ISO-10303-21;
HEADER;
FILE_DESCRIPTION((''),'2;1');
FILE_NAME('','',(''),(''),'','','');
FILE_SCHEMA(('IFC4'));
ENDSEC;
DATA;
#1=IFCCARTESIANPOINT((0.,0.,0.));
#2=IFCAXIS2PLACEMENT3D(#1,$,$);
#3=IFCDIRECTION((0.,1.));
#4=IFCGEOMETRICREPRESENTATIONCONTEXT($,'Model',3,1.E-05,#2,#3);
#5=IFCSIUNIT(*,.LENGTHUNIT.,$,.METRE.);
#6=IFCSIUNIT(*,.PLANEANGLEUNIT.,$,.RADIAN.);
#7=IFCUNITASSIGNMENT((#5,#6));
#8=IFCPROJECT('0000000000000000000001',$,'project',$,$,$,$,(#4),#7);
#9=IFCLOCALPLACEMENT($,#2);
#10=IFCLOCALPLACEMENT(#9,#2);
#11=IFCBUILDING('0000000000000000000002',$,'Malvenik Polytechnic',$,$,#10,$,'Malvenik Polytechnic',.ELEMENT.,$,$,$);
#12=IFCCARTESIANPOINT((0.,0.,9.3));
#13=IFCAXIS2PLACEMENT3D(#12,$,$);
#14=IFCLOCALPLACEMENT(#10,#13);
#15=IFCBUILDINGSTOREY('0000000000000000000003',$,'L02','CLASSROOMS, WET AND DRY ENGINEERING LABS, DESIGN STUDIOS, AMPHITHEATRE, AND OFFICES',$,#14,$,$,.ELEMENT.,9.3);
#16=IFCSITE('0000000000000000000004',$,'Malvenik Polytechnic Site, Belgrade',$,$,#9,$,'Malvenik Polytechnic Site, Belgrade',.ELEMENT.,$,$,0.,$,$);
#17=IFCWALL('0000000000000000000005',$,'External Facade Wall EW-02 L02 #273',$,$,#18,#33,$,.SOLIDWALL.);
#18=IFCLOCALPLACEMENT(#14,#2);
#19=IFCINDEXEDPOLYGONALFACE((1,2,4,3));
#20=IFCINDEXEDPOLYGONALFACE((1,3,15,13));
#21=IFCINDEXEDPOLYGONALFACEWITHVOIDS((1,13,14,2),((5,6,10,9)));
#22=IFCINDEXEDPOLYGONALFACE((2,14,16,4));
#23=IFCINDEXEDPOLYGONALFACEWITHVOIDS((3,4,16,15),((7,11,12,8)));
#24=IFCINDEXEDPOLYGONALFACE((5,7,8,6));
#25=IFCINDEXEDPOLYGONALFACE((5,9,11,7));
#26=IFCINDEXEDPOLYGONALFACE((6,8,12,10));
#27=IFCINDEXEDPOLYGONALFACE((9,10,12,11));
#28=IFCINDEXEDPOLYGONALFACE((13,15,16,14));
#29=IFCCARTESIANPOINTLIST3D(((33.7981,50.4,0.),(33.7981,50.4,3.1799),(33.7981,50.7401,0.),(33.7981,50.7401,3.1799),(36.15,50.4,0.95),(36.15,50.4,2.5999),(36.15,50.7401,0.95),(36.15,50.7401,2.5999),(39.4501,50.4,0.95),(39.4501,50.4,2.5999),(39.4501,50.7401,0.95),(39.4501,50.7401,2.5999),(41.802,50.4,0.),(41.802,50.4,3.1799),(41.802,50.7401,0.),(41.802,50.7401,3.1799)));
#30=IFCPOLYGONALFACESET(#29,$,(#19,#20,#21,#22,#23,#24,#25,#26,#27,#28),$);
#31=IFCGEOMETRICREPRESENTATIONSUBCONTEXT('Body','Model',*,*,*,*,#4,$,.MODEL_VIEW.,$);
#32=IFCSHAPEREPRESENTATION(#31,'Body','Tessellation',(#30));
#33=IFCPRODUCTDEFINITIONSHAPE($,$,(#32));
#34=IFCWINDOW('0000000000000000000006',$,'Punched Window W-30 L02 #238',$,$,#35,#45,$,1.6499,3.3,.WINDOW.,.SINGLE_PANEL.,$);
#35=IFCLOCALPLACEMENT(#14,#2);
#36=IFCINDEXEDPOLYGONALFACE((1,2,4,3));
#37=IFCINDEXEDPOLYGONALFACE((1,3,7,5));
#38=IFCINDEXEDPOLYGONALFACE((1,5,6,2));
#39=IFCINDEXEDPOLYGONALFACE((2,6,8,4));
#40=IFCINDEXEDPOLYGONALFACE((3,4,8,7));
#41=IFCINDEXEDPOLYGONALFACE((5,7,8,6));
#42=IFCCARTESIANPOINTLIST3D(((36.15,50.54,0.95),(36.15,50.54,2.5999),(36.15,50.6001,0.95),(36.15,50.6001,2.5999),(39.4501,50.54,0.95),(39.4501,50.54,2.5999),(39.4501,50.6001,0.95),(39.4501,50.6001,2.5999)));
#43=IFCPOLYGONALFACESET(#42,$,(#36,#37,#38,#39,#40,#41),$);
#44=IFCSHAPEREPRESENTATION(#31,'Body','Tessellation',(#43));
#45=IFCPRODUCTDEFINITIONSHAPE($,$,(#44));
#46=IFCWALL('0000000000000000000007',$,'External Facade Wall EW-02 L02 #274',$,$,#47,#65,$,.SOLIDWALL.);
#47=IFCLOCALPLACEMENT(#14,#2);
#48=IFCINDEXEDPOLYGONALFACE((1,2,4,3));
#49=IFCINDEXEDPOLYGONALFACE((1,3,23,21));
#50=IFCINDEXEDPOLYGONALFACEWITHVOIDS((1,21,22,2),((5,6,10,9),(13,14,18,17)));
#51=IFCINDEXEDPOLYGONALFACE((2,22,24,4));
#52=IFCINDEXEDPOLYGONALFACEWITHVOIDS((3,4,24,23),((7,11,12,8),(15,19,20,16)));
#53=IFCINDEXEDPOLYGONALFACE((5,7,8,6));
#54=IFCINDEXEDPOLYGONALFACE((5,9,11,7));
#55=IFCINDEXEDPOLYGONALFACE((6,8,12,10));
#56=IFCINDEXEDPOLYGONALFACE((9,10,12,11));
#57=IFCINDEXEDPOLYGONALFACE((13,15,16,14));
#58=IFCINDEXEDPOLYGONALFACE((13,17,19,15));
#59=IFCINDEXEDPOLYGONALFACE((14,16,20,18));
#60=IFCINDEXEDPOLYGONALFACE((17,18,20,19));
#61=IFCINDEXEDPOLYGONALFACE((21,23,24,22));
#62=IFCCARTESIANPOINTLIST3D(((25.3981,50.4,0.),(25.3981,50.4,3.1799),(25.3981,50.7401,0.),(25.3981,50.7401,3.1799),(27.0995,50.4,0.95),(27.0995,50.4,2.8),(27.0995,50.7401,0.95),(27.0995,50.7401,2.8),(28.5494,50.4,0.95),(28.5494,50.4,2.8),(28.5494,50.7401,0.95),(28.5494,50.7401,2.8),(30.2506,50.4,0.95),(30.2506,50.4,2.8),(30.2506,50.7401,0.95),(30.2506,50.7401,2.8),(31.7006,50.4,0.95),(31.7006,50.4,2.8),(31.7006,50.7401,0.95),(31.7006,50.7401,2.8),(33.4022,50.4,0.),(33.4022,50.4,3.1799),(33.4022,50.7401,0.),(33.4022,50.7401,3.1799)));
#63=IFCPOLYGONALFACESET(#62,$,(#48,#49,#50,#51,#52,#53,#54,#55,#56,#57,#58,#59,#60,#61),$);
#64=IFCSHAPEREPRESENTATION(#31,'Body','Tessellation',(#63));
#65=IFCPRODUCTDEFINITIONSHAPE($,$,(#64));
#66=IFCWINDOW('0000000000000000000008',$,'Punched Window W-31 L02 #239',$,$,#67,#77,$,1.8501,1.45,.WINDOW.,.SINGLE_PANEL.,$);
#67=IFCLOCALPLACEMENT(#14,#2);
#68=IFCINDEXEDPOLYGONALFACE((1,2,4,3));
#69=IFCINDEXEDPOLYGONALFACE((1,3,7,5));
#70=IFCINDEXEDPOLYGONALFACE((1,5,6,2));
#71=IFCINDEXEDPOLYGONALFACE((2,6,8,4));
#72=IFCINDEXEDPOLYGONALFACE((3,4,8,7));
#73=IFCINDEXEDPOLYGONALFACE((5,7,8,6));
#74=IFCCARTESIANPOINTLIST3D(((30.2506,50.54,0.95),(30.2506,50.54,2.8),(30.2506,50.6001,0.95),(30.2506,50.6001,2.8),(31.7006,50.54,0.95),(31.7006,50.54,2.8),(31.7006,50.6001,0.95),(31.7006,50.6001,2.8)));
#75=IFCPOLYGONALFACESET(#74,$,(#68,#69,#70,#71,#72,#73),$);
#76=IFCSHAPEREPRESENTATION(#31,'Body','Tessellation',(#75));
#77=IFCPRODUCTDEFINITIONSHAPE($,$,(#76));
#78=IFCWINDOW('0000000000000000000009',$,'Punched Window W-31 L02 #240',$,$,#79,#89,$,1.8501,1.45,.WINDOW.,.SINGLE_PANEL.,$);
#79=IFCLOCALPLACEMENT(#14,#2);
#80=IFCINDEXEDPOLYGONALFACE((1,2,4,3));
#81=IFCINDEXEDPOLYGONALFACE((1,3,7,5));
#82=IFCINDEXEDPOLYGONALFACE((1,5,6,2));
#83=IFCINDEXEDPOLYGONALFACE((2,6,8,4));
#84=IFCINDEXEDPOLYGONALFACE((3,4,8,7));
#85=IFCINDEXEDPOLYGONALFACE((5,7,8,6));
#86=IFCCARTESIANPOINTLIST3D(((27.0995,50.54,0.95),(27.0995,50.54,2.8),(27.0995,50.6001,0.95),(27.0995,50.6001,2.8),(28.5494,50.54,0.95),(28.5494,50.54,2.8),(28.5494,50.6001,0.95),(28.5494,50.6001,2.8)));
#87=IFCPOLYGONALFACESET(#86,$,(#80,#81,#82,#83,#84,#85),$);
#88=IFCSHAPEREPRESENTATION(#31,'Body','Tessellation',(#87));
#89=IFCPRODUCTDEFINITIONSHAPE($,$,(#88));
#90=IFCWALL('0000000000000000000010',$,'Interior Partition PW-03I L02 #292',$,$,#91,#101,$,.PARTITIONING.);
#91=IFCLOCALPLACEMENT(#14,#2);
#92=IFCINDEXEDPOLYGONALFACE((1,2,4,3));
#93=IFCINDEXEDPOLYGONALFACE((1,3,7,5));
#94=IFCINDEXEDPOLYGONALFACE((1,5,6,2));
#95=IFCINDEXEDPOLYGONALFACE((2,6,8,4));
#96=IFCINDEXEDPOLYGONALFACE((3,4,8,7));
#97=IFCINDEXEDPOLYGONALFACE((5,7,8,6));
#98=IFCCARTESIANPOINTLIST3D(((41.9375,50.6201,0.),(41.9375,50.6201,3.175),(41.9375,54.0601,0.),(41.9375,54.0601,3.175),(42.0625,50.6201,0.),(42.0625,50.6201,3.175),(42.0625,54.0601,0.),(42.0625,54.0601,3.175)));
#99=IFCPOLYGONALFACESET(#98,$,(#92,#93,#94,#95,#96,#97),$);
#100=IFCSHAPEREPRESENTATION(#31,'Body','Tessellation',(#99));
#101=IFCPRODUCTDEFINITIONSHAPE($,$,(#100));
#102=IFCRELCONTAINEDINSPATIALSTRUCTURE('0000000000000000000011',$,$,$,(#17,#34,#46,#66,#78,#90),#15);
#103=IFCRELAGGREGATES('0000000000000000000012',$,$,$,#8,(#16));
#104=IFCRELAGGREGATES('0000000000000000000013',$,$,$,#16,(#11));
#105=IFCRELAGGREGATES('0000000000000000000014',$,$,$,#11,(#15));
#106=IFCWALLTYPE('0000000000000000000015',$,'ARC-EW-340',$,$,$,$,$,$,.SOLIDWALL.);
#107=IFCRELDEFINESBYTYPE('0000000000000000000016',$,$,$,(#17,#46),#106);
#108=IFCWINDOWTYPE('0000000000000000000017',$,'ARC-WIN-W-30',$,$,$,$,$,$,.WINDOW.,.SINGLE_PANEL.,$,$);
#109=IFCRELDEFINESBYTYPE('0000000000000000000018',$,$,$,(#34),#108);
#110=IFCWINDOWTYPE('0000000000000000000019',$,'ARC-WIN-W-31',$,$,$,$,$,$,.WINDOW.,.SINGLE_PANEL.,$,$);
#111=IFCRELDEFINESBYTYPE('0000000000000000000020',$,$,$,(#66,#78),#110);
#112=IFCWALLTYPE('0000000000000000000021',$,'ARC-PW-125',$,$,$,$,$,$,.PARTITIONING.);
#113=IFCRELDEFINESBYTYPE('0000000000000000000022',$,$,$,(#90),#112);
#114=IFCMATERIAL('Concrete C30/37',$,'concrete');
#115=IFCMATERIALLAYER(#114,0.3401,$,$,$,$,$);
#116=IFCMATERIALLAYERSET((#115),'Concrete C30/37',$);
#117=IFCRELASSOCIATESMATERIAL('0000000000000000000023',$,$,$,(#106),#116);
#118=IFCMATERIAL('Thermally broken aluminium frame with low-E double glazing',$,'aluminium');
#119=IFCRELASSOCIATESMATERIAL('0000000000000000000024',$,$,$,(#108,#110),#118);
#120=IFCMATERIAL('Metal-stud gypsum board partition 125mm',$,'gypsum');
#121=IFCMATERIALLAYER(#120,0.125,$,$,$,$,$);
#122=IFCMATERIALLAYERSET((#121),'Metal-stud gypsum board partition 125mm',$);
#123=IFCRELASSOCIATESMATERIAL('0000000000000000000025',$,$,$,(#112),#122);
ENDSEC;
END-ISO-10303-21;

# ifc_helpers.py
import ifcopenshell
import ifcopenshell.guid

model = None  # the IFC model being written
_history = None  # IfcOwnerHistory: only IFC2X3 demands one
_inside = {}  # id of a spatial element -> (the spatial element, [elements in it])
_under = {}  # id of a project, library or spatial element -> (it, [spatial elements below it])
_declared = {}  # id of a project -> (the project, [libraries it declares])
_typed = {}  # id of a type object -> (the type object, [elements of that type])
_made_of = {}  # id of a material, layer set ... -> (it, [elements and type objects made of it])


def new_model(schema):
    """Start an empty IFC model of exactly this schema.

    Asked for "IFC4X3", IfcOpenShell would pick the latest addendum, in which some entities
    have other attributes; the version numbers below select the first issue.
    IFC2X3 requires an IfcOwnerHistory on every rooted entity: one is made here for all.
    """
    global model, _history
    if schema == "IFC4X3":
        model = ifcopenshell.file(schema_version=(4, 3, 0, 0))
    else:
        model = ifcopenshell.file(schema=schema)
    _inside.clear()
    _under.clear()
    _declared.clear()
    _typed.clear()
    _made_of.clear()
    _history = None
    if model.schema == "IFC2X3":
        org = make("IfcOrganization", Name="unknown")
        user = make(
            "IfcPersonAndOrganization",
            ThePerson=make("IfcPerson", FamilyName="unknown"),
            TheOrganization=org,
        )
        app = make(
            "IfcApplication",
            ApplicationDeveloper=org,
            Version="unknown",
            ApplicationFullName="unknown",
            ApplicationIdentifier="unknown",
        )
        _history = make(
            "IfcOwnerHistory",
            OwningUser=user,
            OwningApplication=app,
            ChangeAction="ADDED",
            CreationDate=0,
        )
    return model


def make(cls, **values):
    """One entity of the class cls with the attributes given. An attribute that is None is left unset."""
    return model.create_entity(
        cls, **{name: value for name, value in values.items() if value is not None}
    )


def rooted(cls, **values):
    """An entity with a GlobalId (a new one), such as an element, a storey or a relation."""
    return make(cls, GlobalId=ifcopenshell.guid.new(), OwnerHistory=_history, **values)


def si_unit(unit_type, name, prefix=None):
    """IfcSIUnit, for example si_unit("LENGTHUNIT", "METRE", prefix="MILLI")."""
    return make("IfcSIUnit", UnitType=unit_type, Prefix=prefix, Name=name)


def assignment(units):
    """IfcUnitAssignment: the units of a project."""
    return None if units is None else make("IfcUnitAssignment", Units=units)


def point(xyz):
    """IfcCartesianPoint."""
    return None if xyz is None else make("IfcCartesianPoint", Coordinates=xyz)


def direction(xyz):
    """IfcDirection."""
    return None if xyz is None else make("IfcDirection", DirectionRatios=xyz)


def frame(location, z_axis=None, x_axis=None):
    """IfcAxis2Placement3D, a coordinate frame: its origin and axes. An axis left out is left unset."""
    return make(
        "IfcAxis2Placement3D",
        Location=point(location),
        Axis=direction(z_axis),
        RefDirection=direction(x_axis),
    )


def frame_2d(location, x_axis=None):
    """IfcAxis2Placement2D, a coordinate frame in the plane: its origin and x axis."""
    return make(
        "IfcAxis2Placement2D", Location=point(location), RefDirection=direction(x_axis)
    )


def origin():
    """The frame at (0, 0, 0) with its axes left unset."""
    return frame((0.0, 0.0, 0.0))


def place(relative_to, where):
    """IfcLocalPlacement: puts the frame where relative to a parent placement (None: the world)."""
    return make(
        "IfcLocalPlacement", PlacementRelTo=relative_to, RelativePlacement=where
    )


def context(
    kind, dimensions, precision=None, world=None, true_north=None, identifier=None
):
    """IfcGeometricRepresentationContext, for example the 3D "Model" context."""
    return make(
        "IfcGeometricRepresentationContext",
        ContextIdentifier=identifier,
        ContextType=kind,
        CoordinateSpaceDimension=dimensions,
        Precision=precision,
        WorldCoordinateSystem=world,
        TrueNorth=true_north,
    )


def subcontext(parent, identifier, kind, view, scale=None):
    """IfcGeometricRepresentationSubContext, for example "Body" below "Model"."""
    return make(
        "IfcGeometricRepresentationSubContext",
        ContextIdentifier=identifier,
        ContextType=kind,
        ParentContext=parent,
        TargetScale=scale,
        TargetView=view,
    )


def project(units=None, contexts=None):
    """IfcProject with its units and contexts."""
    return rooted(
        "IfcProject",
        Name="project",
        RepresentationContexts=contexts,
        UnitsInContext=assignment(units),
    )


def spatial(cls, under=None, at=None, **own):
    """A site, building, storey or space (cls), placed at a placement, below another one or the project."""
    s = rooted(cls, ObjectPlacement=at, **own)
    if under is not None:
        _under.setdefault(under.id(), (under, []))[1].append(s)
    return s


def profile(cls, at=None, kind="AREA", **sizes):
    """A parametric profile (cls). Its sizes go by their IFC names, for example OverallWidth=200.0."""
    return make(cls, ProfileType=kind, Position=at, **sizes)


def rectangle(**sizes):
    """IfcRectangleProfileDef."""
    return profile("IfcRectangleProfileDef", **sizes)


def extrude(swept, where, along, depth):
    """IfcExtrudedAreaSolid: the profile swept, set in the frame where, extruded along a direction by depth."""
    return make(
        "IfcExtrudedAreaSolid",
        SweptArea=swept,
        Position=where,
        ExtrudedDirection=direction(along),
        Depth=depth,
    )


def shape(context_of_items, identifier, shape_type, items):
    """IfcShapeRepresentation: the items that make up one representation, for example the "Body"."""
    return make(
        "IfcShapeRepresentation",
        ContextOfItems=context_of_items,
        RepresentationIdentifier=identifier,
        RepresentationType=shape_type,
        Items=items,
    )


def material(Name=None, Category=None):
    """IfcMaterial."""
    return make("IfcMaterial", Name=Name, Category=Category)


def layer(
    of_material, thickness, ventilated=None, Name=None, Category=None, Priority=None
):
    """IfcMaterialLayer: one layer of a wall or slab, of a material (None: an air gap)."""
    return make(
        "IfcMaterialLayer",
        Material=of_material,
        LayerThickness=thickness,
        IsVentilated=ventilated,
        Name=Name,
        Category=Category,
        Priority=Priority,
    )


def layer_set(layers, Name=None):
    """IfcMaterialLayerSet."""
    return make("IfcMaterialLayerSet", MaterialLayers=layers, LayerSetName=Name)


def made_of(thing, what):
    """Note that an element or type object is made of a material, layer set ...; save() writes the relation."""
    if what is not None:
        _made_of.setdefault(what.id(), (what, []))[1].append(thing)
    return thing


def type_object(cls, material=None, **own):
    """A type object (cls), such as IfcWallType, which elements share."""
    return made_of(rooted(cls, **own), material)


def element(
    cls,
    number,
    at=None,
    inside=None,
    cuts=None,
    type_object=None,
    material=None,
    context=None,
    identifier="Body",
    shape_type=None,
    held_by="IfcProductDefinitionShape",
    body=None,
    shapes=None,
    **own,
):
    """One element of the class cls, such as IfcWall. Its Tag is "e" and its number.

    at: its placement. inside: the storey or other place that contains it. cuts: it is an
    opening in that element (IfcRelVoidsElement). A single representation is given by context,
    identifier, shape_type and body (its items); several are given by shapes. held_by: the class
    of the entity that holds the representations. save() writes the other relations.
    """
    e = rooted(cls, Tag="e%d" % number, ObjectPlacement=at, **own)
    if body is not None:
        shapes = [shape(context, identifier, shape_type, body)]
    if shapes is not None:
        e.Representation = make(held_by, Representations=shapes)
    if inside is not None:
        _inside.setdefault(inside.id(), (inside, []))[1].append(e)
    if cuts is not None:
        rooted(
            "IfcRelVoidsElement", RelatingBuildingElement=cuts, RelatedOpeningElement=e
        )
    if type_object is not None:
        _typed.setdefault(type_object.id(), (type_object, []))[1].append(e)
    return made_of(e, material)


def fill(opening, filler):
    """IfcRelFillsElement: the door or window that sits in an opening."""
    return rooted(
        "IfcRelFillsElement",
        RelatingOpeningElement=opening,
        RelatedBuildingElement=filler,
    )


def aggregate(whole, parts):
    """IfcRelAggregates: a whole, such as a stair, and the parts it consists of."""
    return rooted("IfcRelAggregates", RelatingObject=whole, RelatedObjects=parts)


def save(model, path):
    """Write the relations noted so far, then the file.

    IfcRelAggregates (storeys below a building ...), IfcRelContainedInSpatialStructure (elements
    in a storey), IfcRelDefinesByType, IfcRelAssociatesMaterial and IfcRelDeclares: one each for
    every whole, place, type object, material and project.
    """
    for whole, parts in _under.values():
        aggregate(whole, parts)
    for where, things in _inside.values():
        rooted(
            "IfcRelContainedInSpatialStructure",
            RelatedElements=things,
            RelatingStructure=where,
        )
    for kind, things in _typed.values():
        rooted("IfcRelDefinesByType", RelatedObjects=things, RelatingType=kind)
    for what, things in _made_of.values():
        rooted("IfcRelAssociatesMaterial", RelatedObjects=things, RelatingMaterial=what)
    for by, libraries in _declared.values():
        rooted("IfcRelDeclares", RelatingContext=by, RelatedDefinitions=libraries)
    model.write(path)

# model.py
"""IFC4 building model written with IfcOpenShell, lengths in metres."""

from ifc_helpers import new_model, si_unit, direction, frame, frame_2d, origin, place, context, subcontext, project, spatial, rectangle, extrude, material, layer, layer_set, type_object, element, fill, save


model = new_model("IFC4")

# Units and contexts
model_context = context("Model", 3, precision=1e-05, world=origin(), true_north=direction((0.0, 1.0)))
body_context = subcontext(model_context, "Body", "Model", "MODEL_VIEW")
ifc_project = project(units=[si_unit("LENGTHUNIT", "METRE"), si_unit("PLANEANGLEUNIT", "RADIAN")], contexts=[model_context])

# Site, building, storey
site_placement = place(None, origin())
site = spatial("IfcSite", under=ifc_project, at=site_placement, Name="Malvenik Polytechnic Site, Belgrade", LongName="Malvenik Polytechnic Site, Belgrade", CompositionType="ELEMENT", RefElevation=0.0)
building_placement = place(site_placement, origin())
building = spatial("IfcBuilding", under=site, at=building_placement, Name="Malvenik Polytechnic", LongName="Malvenik Polytechnic", CompositionType="ELEMENT")
storey_placement = place(building_placement, frame((0.0, 0.0, 9.3)))
storey = spatial("IfcBuildingStorey", under=building, at=storey_placement, Name="L02", Description="CLASSROOMS, WET AND DRY ENGINEERING LABS, DESIGN STUDIOS, AMPHITHEATRE, AND OFFICES", CompositionType="ELEMENT", Elevation=9.3)

# Shared definitions
ifc_material_1 = material(Name="Concrete C30/37", Category="concrete")

# Wall, opening, window
ifc_layer_1 = layer(ifc_material_1, 0.3401)
ifc_layer_set_1 = layer_set([ifc_layer_1], Name="Concrete C30/37")
wall_type_1 = type_object("IfcWallType", Name="ARC-EW-340", PredefinedType="SOLIDWALL", material=ifc_layer_set_1)
wall_1_placement = place(storey_placement, frame((41.802, 50.5701, 0.0), z_axis=(0.0, 0.0, 1.0), x_axis=(-1.0, 0.0, 0.0)))
wall_1 = element("IfcWall", 1, at=wall_1_placement, inside=storey, type_object=wall_type_1, Name="External Facade Wall EW-02 L02 #273", PredefinedType="SOLIDWALL", context=body_context, shape_type="SweptSolid", body=[
    extrude(rectangle(XDim=8.0039, YDim=0.3401, at=frame_2d((4.002, 0.0))), origin(), (0.0, 0.0, 1.0), 3.1799),
])
opening_1_placement = place(wall_1_placement, frame((2.3521, 0.0, 0.95)))
opening_1 = element("IfcOpeningElement", 2, at=opening_1_placement, cuts=wall_1, PredefinedType="OPENING", context=body_context, shape_type="SweptSolid", body=[
    extrude(rectangle(XDim=3.3, YDim=1.6499, at=frame_2d((1.6499, 0.825))), frame((0.0, 0.1802, 0.0), z_axis=(0.0, -1.0, 0.0), x_axis=(1.0, 0.0, 0.0)), (0.0, 0.0, 1.0), 0.3601),
])
ifc_material_2 = material(Name="Thermally broken aluminium frame with low-E double glazing", Category="aluminium")
window_type_1 = type_object("IfcWindowType", Name="ARC-WIN-W-30", PartitioningType="SINGLE_PANEL", PredefinedType="WINDOW", material=ifc_material_2)
window_1_placement = place(opening_1_placement, origin())
window_1 = element("IfcWindow", 3, at=window_1_placement, inside=storey, type_object=window_type_1, Name="Punched Window W-30 L02 #238", OverallHeight=1.6499, OverallWidth=3.3, PartitioningType="SINGLE_PANEL", PredefinedType="WINDOW", context=body_context, shape_type="SweptSolid", body=[
    extrude(rectangle(XDim=3.3, YDim=1.6499, at=frame_2d((1.6499, 0.825))), frame((0.0, 0.03, 0.0), z_axis=(0.0, -1.0, 0.0), x_axis=(1.0, 0.0, 0.0)), (0.0, 0.0, 1.0), 0.0601),
])
fill(opening_1, window_1)

# Wall, openings, windows
wall_2_placement = place(storey_placement, frame((33.4021, 50.5701, 0.0), z_axis=(0.0, 0.0, 1.0), x_axis=(-1.0, 0.0, 0.0)))
wall_2 = element("IfcWall", 4, at=wall_2_placement, inside=storey, type_object=wall_type_1, Name="External Facade Wall EW-02 L02 #274", PredefinedType="SOLIDWALL", context=body_context, shape_type="SweptSolid", body=[
    extrude(rectangle(XDim=8.0042, YDim=0.3401, at=frame_2d((4.002, 0.0))), origin(), (0.0, 0.0, 1.0), 3.1799),
])
opening_2_placement = place(wall_2_placement, frame((1.7014, 0.0, 0.95)))
opening_2 = element("IfcOpeningElement", 5, at=opening_2_placement, cuts=wall_2, PredefinedType="OPENING", context=body_context, shape_type="SweptSolid", body=[
    extrude(rectangle(XDim=1.45, YDim=1.8501, at=frame_2d((0.7251, 0.925))), frame((0.0, 0.1802, 0.0), z_axis=(0.0, -1.0, 0.0), x_axis=(1.0, 0.0, 0.0)), (0.0, 0.0, 1.0), 0.3601),
])
opening_3_placement = place(wall_2_placement, frame((4.8525, 0.0, 0.95)))
opening_3 = element("IfcOpeningElement", 6, at=opening_3_placement, cuts=wall_2, PredefinedType="OPENING", context=body_context, shape_type="SweptSolid", body=[
    extrude(rectangle(XDim=1.45, YDim=1.8501, at=frame_2d((0.7251, 0.925))), frame((0.0, 0.1802, 0.0), z_axis=(0.0, -1.0, 0.0), x_axis=(1.0, 0.0, 0.0)), (0.0, 0.0, 1.0), 0.3601),
])
window_type_2 = type_object("IfcWindowType", Name="ARC-WIN-W-31", PartitioningType="SINGLE_PANEL", PredefinedType="WINDOW", material=ifc_material_2)
window_2_placement = place(opening_2_placement, origin())
window_2 = element("IfcWindow", 7, at=window_2_placement, inside=storey, type_object=window_type_2, Name="Punched Window W-31 L02 #239", OverallHeight=1.8501, OverallWidth=1.45, PartitioningType="SINGLE_PANEL", PredefinedType="WINDOW", context=body_context, shape_type="SweptSolid", body=[
    extrude(rectangle(XDim=1.45, YDim=1.8501, at=frame_2d((0.7251, 0.925))), frame((0.0, 0.03, 0.0), z_axis=(0.0, -1.0, 0.0), x_axis=(1.0, 0.0, 0.0)), (0.0, 0.0, 1.0), 0.0601),
])
fill(opening_2, window_2)
window_3_placement = place(opening_3_placement, origin())
window_3 = element("IfcWindow", 8, at=window_3_placement, inside=storey, type_object=window_type_2, Name="Punched Window W-31 L02 #240", OverallHeight=1.8501, OverallWidth=1.45, PartitioningType="SINGLE_PANEL", PredefinedType="WINDOW", context=body_context, shape_type="SweptSolid", body=[
    extrude(rectangle(XDim=1.45, YDim=1.8501, at=frame_2d((0.7251, 0.925))), frame((0.0, 0.03, 0.0), z_axis=(0.0, -1.0, 0.0), x_axis=(1.0, 0.0, 0.0)), (0.0, 0.0, 1.0), 0.0601),
])
fill(opening_3, window_3)

# Wall
ifc_material_3 = material(Name="Metal-stud gypsum board partition 125mm", Category="gypsum")
ifc_layer_2 = layer(ifc_material_3, 0.125)
ifc_layer_set_2 = layer_set([ifc_layer_2], Name="Metal-stud gypsum board partition 125mm")
wall_type_2 = type_object("IfcWallType", Name="ARC-PW-125", PredefinedType="PARTITIONING", material=ifc_layer_set_2)
wall_3_placement = place(storey_placement, frame((42.0, 50.6201, 0.0), z_axis=(0.0, 0.0, 1.0), x_axis=(0.0, 1.0, 0.0)))
element("IfcWall", 9, at=wall_3_placement, inside=storey, type_object=wall_type_2, Name="Interior Partition PW-03I L02 #292", PredefinedType="PARTITIONING", context=body_context, shape_type="SweptSolid", body=[
    extrude(rectangle(XDim=3.4399, YDim=0.125, at=frame_2d((1.72, 0.0))), origin(), (0.0, 0.0, 1.0), 3.175),
])

save(model, "model.ifc")
